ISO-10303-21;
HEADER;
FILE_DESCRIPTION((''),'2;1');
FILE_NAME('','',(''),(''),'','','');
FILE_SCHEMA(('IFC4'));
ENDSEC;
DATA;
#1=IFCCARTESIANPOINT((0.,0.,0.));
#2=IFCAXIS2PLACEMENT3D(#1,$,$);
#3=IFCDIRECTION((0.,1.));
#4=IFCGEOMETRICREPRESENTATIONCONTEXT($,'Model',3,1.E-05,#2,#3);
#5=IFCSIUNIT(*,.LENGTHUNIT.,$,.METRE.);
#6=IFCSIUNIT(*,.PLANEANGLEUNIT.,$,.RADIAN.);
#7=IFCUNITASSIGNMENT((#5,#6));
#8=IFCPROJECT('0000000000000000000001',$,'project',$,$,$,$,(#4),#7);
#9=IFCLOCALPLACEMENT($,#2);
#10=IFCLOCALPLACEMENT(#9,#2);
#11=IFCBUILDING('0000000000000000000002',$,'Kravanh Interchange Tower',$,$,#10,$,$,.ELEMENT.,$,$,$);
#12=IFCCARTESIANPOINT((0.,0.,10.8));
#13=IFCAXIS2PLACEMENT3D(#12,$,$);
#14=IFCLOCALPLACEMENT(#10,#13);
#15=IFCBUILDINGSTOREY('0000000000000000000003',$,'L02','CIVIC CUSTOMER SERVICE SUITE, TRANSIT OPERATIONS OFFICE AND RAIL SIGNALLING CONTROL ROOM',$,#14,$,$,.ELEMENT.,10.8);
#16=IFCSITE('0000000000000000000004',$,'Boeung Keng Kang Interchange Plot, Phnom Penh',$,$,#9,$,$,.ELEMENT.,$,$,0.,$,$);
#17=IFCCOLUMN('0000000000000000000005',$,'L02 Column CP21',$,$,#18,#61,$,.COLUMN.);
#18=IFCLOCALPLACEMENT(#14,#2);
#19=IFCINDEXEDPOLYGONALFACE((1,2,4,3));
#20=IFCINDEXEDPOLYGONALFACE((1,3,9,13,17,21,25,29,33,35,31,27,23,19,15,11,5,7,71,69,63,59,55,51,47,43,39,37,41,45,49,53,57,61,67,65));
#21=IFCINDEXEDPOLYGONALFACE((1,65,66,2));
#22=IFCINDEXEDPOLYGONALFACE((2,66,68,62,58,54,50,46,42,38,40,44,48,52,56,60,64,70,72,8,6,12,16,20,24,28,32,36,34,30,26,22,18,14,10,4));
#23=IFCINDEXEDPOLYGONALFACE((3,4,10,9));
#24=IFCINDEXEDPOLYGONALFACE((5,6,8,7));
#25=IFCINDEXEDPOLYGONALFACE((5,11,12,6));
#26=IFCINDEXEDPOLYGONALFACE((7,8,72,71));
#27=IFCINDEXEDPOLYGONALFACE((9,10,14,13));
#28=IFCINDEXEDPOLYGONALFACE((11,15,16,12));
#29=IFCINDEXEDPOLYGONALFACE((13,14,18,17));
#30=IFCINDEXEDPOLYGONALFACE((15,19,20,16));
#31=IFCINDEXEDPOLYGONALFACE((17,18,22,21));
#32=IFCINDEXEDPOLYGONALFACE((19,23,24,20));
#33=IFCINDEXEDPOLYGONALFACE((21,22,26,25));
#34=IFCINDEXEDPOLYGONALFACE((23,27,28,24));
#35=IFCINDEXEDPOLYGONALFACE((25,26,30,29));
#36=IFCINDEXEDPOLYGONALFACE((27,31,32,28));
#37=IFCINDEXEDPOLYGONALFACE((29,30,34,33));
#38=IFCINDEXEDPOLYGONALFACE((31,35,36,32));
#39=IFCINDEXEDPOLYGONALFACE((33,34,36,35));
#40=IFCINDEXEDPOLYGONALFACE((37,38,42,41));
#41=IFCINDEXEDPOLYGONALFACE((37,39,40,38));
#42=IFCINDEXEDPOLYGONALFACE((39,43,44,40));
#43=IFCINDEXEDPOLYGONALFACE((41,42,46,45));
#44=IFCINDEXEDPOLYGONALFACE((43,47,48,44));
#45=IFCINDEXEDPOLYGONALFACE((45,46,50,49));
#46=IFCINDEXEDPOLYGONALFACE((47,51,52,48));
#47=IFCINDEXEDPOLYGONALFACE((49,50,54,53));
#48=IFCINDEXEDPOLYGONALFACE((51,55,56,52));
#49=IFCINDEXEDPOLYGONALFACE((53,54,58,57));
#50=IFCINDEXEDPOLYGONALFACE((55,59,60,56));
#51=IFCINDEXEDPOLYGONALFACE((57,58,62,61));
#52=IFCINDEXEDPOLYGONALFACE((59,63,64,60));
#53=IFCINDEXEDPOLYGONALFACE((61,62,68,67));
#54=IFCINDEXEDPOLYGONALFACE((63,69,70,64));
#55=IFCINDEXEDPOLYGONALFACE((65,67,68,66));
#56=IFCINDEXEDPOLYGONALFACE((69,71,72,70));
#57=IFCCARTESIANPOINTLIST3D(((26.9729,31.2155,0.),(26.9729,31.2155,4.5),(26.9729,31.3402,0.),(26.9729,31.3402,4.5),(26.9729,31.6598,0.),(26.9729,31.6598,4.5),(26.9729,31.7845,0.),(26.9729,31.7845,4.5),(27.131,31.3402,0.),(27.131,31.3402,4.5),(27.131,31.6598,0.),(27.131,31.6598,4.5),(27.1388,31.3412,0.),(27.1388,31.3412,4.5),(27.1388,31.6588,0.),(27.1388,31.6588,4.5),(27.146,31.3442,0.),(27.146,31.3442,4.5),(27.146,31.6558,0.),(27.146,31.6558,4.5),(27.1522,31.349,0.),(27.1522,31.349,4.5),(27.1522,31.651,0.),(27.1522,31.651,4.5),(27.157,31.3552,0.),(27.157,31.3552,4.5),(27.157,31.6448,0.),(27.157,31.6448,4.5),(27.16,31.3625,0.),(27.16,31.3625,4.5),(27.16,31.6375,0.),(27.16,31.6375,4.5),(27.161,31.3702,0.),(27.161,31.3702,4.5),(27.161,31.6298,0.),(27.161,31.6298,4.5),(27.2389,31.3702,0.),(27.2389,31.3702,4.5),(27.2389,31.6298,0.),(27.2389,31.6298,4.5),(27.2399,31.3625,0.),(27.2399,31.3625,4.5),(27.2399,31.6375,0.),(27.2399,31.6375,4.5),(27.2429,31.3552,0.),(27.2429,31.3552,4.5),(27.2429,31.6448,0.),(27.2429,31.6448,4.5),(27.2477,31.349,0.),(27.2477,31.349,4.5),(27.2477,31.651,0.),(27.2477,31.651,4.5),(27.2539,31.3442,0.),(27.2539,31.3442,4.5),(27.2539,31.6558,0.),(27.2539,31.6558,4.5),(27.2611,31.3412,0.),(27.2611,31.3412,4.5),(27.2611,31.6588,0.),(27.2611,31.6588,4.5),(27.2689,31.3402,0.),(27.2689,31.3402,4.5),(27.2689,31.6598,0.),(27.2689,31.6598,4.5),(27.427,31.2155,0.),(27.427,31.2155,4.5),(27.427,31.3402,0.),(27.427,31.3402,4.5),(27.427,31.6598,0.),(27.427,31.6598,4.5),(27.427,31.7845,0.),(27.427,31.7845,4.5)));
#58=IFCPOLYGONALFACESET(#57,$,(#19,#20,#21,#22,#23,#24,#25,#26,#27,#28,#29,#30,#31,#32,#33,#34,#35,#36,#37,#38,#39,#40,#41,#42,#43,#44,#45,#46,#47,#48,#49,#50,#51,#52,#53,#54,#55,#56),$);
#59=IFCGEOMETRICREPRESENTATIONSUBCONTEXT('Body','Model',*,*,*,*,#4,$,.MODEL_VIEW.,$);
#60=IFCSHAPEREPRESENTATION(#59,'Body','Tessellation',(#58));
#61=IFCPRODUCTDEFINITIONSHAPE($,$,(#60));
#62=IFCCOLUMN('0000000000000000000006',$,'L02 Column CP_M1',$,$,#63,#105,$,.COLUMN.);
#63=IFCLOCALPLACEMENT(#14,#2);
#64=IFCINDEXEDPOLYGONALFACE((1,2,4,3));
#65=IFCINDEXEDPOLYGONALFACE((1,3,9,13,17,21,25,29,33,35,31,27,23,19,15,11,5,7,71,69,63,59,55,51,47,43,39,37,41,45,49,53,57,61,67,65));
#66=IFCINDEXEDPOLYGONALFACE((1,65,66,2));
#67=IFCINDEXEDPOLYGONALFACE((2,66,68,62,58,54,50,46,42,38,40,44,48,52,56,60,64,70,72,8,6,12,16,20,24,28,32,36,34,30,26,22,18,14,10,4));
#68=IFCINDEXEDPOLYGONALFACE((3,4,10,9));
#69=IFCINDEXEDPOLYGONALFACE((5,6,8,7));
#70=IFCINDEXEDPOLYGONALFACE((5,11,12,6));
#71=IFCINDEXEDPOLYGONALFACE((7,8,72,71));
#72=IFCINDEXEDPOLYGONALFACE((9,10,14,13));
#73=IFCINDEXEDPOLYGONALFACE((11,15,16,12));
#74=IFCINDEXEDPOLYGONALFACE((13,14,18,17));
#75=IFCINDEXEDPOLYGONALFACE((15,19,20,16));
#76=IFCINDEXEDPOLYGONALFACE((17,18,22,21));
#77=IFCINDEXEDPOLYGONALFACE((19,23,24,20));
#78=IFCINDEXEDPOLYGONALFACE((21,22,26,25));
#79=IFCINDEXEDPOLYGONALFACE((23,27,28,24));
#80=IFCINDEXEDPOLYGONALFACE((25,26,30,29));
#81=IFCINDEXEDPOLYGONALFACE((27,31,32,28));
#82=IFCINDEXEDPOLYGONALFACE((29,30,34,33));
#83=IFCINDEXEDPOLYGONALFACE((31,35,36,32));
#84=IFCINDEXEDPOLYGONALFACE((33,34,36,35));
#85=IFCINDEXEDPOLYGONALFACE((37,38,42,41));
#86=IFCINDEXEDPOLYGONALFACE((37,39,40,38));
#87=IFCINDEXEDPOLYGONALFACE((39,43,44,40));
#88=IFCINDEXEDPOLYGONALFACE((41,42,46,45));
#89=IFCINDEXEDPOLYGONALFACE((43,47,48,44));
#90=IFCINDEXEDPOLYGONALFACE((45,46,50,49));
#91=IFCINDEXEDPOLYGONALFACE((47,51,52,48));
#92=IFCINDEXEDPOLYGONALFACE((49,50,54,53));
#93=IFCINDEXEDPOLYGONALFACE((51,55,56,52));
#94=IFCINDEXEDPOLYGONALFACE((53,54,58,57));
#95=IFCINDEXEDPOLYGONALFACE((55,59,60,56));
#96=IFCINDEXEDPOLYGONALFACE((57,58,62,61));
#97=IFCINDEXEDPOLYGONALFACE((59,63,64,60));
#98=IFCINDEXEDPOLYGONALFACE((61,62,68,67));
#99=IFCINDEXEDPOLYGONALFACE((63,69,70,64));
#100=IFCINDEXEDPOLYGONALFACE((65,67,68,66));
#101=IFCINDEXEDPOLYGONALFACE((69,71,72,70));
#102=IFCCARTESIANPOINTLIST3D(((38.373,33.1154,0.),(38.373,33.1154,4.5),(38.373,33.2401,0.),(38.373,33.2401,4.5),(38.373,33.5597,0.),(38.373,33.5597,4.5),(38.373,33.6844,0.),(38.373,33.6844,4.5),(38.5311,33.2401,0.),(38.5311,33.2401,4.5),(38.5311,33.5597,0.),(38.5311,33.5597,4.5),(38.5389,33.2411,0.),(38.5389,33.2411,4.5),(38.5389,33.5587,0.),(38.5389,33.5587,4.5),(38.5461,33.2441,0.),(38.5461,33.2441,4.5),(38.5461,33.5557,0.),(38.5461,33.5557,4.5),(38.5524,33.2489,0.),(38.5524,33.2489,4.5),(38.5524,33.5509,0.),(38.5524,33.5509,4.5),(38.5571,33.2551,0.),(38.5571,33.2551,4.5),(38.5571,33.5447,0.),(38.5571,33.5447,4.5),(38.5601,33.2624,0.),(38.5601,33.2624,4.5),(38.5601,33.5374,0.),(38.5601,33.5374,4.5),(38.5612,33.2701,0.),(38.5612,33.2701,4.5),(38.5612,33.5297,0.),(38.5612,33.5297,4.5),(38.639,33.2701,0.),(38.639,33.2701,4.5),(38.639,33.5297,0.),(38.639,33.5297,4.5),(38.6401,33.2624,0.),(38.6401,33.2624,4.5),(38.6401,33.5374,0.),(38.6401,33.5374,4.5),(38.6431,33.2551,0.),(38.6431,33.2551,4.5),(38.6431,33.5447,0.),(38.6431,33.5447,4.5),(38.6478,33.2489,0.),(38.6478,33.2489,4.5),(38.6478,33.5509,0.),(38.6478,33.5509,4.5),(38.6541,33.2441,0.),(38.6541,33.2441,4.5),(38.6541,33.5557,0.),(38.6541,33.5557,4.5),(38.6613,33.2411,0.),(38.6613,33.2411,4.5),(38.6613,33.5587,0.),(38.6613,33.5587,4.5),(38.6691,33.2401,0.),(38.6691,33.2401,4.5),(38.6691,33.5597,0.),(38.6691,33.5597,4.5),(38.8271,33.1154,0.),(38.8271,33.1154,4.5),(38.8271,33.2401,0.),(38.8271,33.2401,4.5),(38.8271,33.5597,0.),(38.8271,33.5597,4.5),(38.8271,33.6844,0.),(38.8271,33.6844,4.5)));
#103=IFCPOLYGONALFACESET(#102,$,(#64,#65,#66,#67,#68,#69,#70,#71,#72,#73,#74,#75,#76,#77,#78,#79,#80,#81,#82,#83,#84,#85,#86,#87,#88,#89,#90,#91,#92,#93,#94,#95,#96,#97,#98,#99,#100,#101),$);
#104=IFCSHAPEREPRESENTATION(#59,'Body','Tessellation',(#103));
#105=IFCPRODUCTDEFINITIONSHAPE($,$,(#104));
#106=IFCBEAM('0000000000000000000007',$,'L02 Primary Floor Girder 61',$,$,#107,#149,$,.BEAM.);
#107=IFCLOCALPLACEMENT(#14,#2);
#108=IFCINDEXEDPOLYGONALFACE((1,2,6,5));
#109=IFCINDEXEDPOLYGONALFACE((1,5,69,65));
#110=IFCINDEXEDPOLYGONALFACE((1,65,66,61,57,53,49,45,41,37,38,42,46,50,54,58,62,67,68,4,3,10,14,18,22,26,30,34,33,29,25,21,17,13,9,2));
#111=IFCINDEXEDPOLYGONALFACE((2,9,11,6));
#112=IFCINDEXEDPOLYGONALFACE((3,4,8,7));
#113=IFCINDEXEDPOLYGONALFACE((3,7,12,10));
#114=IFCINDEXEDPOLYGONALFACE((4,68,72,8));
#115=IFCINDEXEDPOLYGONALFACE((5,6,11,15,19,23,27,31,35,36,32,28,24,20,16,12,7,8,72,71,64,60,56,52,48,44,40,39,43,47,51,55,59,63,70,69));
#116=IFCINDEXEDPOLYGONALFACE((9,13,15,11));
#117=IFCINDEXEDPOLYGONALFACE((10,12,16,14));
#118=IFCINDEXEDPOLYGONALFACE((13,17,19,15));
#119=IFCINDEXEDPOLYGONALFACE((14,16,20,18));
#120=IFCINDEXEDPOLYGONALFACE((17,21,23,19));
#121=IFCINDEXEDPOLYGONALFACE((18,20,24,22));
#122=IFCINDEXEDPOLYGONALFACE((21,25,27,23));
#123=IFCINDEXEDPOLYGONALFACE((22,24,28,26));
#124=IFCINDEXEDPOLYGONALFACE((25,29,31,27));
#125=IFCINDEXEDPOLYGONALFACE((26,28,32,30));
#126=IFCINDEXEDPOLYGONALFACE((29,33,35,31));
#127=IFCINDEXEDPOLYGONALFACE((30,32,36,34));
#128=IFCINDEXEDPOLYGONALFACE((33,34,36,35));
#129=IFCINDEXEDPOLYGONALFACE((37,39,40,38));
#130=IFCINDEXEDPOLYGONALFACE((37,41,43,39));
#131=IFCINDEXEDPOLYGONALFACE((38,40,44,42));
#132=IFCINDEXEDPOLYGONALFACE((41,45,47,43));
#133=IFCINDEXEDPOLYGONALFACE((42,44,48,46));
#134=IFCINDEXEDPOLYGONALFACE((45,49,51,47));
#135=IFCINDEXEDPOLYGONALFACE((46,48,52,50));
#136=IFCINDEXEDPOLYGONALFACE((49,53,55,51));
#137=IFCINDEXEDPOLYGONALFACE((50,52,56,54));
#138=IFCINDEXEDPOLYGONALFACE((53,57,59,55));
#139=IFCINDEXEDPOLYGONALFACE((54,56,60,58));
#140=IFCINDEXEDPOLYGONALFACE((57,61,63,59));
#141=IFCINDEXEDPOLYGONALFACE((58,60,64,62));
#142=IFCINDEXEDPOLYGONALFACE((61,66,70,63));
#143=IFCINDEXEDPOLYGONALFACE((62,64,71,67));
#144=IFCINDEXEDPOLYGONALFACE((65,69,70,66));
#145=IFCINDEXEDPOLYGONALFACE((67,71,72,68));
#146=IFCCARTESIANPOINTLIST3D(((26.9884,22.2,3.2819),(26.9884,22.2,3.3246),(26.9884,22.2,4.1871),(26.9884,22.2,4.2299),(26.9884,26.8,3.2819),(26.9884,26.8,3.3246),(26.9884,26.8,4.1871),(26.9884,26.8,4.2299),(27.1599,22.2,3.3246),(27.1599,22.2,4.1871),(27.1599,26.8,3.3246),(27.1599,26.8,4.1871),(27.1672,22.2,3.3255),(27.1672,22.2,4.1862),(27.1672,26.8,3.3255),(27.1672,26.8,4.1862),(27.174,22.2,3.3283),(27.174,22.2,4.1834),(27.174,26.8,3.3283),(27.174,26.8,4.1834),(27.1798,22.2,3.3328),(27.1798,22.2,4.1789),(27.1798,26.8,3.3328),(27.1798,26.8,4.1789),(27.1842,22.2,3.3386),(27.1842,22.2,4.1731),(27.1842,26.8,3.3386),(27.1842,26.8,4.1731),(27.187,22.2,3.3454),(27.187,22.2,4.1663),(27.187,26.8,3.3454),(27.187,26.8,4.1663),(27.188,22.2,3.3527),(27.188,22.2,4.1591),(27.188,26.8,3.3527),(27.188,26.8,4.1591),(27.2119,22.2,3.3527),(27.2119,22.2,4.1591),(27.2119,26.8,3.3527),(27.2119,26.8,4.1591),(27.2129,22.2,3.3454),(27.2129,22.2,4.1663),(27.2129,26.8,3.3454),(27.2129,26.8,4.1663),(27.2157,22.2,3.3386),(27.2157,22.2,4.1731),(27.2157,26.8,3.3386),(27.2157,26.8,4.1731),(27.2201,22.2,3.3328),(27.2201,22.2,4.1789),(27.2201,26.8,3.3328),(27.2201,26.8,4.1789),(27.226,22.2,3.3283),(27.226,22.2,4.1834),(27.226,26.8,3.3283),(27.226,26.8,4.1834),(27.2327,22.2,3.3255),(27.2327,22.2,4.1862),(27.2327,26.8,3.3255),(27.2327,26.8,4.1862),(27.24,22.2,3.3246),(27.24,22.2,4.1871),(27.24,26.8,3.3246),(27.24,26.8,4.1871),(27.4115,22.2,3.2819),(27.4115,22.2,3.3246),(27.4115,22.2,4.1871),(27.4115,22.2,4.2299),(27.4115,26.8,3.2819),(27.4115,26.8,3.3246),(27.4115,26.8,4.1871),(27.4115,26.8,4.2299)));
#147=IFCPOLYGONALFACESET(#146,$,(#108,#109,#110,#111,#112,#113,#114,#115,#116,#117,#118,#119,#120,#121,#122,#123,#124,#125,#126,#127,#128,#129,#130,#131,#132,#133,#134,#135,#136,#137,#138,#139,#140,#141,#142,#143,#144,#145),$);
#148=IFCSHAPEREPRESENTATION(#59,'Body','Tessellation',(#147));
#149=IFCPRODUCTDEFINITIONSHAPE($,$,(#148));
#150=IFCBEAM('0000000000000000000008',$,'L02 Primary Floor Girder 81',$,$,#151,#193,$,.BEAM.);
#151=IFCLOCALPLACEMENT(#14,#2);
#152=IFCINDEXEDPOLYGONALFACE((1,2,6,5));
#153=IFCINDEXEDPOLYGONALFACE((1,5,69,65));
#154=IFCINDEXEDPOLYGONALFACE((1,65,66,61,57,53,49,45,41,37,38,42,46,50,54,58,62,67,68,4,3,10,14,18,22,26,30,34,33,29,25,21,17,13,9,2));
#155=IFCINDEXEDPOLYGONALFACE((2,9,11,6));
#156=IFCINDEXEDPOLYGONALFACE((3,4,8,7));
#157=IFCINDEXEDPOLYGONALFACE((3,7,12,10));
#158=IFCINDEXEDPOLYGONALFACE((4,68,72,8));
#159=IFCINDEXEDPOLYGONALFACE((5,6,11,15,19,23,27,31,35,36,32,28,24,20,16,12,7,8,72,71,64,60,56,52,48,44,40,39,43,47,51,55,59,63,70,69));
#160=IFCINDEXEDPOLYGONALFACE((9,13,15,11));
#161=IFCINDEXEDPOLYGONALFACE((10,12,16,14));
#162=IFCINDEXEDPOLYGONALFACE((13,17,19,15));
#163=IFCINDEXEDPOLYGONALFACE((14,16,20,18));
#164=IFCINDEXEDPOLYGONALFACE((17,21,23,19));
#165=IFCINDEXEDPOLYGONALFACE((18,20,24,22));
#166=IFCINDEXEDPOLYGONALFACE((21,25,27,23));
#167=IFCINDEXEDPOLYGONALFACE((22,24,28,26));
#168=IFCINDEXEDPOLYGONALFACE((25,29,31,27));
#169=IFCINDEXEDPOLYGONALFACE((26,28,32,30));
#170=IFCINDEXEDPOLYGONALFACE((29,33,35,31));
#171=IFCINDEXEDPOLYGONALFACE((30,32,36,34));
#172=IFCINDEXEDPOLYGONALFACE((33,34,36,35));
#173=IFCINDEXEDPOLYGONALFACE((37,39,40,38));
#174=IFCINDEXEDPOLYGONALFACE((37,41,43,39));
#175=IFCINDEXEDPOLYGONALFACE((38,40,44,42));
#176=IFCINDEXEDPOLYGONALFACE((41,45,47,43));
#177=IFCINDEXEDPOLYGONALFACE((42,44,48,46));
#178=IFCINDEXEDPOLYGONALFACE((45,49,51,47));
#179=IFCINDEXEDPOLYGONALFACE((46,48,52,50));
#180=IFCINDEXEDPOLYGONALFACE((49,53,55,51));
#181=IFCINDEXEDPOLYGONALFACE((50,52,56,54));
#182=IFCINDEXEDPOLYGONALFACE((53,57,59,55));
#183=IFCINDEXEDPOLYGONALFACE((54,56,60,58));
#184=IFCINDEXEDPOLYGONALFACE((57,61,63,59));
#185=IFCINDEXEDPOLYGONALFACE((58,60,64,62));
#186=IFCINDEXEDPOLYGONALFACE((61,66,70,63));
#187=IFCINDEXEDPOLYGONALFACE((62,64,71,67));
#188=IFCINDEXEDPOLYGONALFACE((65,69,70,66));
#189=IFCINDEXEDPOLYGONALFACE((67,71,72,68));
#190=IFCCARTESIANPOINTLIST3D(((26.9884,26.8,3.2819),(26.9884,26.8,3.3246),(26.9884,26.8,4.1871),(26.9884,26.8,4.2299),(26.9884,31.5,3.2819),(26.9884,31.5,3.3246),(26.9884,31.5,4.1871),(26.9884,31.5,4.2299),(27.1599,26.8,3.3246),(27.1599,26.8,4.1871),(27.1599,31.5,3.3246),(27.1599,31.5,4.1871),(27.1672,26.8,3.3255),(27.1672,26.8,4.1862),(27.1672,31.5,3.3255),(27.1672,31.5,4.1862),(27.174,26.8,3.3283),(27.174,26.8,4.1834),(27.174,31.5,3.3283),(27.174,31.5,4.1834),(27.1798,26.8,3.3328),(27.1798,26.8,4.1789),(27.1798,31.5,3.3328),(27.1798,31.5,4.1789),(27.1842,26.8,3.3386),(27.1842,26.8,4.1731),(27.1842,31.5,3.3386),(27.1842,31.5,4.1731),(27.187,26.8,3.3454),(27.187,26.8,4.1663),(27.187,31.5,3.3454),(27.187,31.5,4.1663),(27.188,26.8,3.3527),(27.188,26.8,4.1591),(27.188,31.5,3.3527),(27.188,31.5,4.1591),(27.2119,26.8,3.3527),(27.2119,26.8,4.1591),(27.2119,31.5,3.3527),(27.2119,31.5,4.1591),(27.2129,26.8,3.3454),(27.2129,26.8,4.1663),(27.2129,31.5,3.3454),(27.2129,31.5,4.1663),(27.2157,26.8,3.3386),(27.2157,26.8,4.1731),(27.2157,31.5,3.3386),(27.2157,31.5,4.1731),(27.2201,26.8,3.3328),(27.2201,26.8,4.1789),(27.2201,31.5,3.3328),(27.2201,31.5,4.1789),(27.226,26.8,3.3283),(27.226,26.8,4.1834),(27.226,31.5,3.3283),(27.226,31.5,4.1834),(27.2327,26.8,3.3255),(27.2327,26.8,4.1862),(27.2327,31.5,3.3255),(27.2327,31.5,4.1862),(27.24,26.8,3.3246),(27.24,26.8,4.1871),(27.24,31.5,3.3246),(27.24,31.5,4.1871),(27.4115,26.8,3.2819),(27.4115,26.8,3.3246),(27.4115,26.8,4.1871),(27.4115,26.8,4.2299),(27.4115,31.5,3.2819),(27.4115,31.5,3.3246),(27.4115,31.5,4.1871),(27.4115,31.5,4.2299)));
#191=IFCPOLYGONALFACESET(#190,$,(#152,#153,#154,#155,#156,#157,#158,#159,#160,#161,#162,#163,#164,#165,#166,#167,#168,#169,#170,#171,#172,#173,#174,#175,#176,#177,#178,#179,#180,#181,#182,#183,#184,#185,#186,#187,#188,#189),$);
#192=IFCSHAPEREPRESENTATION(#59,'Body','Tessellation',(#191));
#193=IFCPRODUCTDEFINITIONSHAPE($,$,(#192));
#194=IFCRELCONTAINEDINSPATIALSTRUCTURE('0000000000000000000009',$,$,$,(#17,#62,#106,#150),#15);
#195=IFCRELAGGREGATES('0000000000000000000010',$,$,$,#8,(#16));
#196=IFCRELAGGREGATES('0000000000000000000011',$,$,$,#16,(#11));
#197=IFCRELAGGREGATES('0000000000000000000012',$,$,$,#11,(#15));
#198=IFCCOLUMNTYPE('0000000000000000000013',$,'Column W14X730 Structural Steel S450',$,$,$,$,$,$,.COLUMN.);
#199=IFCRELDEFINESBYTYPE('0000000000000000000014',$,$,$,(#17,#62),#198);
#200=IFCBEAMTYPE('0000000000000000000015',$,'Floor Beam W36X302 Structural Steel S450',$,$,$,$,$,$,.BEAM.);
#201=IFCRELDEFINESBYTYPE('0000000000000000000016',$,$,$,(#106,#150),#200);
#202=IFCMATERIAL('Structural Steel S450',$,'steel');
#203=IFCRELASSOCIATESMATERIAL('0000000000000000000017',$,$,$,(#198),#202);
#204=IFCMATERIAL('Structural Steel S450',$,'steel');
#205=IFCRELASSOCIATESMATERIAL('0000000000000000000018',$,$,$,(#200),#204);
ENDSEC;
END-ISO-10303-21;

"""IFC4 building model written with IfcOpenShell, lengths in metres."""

from ifc_helpers import new_model, si_unit, direction, frame, origin, origin_2d, place, context, subcontext, project, spatial, i_section, extrude, material, material_profile, profile_set, type_object, element, save


model = new_model("IFC4")

# Units and contexts
model_context = context("Model", 3, precision=1e-05, world=origin(), true_north=direction((0.0, 1.0)))
body_context = subcontext(model_context, "Body", "Model", "MODEL_VIEW")
ifc_project = project(units=[si_unit("LENGTHUNIT", "METRE"), si_unit("PLANEANGLEUNIT", "RADIAN")], contexts=[model_context])

# Site, building, storey
site_placement = place(None, origin())
site = spatial("IfcSite", under=ifc_project, at=site_placement, Name="Boeung Keng Kang Interchange Plot, Phnom Penh", CompositionType="ELEMENT", RefElevation=0.0)
building_placement = place(site_placement, origin())
building = spatial("IfcBuilding", under=site, at=building_placement, Name="Kravanh Interchange Tower", CompositionType="ELEMENT")
storey_placement = place(building_placement, frame((0.0, 0.0, 10.8)))
storey = spatial("IfcBuildingStorey", under=building, at=storey_placement, Name="L02", Description="CIVIC CUSTOMER SERVICE SUITE, TRANSIT OPERATIONS OFFICE AND RAIL SIGNALLING CONTROL ROOM", CompositionType="ELEMENT", Elevation=10.8)

# Columns
ifc_material_1 = material(Name="Structural Steel S450", Category="steel")
ifc_material_profile_1 = material_profile(ifc_material_1, i_section(OverallWidth=0.4541, OverallDepth=0.5691, WebThickness=0.0779, FlangeThickness=0.1248, FilletRadius=0.03, at=origin_2d()), Name="W14X730")
ifc_profile_set_1 = profile_set([ifc_material_profile_1], Name="Structural Steel S450")
column_type_1 = type_object("IfcColumnType", Name="Column W14X730 Structural Steel S450", PredefinedType="COLUMN", material=ifc_profile_set_1)
for number, where, z_axis, x_axis, name in (
    (1, (27.2, 31.5, 0.0), (0.0, 0.0, 1.0), (1.0, 0.0, 0.0), "L02 Column CP21"),
    (2, (38.6001, 33.3999, 0.0), (0.0, 0.0, 1.0), (1.0, 0.0, 0.0), "L02 Column CP_M1"),
):
    element("IfcColumn", number, at=place(storey_placement, frame(where, z_axis=z_axis, x_axis=x_axis)), inside=storey, type_object=column_type_1, Name=name, PredefinedType="COLUMN", context=body_context, shape_type="SweptSolid", body=[
        extrude(i_section(OverallWidth=0.4541, OverallDepth=0.5691, WebThickness=0.0779, FlangeThickness=0.1248, FilletRadius=0.03, at=origin_2d()), origin(), (0.0, 0.0, 1.0), 4.5),
    ])

# Beams
ifc_material_2 = material(Name="Structural Steel S450", Category="steel")
ifc_material_profile_2 = material_profile(ifc_material_2, i_section(OverallWidth=0.4231, OverallDepth=0.948, WebThickness=0.0239, FlangeThickness=0.0427, FilletRadius=0.0281, at=origin_2d()), Name="W36X302")
ifc_profile_set_2 = profile_set([ifc_material_profile_2], Name="Structural Steel S450")
beam_type_1 = type_object("IfcBeamType", Name="Floor Beam W36X302 Structural Steel S450", PredefinedType="BEAM", material=ifc_profile_set_2)
beam_1_placement = place(storey_placement, frame((27.2, 22.2, 3.7559), z_axis=(0.0, 1.0, 0.0), x_axis=(-1.0, 0.0, 0.0)))
element("IfcBeam", 3, at=beam_1_placement, inside=storey, type_object=beam_type_1, Name="L02 Primary Floor Girder 61", PredefinedType="BEAM", context=body_context, shape_type="SweptSolid", body=[
    extrude(i_section(OverallWidth=0.4231, OverallDepth=0.948, WebThickness=0.0239, FlangeThickness=0.0427, FilletRadius=0.0281, at=origin_2d()), origin(), (0.0, 0.0, 1.0), 4.6001),
])
beam_2_placement = place(storey_placement, frame((27.2, 26.8, 3.7559), z_axis=(0.0, 1.0, 0.0), x_axis=(-1.0, 0.0, 0.0)))
element("IfcBeam", 4, at=beam_2_placement, inside=storey, type_object=beam_type_1, Name="L02 Primary Floor Girder 81", PredefinedType="BEAM", context=body_context, shape_type="SweptSolid", body=[
    extrude(i_section(OverallWidth=0.4231, OverallDepth=0.948, WebThickness=0.0239, FlangeThickness=0.0427, FilletRadius=0.0281, at=origin_2d()), origin(), (0.0, 0.0, 1.0), 4.7),
])

save(model, "model.ifc")
